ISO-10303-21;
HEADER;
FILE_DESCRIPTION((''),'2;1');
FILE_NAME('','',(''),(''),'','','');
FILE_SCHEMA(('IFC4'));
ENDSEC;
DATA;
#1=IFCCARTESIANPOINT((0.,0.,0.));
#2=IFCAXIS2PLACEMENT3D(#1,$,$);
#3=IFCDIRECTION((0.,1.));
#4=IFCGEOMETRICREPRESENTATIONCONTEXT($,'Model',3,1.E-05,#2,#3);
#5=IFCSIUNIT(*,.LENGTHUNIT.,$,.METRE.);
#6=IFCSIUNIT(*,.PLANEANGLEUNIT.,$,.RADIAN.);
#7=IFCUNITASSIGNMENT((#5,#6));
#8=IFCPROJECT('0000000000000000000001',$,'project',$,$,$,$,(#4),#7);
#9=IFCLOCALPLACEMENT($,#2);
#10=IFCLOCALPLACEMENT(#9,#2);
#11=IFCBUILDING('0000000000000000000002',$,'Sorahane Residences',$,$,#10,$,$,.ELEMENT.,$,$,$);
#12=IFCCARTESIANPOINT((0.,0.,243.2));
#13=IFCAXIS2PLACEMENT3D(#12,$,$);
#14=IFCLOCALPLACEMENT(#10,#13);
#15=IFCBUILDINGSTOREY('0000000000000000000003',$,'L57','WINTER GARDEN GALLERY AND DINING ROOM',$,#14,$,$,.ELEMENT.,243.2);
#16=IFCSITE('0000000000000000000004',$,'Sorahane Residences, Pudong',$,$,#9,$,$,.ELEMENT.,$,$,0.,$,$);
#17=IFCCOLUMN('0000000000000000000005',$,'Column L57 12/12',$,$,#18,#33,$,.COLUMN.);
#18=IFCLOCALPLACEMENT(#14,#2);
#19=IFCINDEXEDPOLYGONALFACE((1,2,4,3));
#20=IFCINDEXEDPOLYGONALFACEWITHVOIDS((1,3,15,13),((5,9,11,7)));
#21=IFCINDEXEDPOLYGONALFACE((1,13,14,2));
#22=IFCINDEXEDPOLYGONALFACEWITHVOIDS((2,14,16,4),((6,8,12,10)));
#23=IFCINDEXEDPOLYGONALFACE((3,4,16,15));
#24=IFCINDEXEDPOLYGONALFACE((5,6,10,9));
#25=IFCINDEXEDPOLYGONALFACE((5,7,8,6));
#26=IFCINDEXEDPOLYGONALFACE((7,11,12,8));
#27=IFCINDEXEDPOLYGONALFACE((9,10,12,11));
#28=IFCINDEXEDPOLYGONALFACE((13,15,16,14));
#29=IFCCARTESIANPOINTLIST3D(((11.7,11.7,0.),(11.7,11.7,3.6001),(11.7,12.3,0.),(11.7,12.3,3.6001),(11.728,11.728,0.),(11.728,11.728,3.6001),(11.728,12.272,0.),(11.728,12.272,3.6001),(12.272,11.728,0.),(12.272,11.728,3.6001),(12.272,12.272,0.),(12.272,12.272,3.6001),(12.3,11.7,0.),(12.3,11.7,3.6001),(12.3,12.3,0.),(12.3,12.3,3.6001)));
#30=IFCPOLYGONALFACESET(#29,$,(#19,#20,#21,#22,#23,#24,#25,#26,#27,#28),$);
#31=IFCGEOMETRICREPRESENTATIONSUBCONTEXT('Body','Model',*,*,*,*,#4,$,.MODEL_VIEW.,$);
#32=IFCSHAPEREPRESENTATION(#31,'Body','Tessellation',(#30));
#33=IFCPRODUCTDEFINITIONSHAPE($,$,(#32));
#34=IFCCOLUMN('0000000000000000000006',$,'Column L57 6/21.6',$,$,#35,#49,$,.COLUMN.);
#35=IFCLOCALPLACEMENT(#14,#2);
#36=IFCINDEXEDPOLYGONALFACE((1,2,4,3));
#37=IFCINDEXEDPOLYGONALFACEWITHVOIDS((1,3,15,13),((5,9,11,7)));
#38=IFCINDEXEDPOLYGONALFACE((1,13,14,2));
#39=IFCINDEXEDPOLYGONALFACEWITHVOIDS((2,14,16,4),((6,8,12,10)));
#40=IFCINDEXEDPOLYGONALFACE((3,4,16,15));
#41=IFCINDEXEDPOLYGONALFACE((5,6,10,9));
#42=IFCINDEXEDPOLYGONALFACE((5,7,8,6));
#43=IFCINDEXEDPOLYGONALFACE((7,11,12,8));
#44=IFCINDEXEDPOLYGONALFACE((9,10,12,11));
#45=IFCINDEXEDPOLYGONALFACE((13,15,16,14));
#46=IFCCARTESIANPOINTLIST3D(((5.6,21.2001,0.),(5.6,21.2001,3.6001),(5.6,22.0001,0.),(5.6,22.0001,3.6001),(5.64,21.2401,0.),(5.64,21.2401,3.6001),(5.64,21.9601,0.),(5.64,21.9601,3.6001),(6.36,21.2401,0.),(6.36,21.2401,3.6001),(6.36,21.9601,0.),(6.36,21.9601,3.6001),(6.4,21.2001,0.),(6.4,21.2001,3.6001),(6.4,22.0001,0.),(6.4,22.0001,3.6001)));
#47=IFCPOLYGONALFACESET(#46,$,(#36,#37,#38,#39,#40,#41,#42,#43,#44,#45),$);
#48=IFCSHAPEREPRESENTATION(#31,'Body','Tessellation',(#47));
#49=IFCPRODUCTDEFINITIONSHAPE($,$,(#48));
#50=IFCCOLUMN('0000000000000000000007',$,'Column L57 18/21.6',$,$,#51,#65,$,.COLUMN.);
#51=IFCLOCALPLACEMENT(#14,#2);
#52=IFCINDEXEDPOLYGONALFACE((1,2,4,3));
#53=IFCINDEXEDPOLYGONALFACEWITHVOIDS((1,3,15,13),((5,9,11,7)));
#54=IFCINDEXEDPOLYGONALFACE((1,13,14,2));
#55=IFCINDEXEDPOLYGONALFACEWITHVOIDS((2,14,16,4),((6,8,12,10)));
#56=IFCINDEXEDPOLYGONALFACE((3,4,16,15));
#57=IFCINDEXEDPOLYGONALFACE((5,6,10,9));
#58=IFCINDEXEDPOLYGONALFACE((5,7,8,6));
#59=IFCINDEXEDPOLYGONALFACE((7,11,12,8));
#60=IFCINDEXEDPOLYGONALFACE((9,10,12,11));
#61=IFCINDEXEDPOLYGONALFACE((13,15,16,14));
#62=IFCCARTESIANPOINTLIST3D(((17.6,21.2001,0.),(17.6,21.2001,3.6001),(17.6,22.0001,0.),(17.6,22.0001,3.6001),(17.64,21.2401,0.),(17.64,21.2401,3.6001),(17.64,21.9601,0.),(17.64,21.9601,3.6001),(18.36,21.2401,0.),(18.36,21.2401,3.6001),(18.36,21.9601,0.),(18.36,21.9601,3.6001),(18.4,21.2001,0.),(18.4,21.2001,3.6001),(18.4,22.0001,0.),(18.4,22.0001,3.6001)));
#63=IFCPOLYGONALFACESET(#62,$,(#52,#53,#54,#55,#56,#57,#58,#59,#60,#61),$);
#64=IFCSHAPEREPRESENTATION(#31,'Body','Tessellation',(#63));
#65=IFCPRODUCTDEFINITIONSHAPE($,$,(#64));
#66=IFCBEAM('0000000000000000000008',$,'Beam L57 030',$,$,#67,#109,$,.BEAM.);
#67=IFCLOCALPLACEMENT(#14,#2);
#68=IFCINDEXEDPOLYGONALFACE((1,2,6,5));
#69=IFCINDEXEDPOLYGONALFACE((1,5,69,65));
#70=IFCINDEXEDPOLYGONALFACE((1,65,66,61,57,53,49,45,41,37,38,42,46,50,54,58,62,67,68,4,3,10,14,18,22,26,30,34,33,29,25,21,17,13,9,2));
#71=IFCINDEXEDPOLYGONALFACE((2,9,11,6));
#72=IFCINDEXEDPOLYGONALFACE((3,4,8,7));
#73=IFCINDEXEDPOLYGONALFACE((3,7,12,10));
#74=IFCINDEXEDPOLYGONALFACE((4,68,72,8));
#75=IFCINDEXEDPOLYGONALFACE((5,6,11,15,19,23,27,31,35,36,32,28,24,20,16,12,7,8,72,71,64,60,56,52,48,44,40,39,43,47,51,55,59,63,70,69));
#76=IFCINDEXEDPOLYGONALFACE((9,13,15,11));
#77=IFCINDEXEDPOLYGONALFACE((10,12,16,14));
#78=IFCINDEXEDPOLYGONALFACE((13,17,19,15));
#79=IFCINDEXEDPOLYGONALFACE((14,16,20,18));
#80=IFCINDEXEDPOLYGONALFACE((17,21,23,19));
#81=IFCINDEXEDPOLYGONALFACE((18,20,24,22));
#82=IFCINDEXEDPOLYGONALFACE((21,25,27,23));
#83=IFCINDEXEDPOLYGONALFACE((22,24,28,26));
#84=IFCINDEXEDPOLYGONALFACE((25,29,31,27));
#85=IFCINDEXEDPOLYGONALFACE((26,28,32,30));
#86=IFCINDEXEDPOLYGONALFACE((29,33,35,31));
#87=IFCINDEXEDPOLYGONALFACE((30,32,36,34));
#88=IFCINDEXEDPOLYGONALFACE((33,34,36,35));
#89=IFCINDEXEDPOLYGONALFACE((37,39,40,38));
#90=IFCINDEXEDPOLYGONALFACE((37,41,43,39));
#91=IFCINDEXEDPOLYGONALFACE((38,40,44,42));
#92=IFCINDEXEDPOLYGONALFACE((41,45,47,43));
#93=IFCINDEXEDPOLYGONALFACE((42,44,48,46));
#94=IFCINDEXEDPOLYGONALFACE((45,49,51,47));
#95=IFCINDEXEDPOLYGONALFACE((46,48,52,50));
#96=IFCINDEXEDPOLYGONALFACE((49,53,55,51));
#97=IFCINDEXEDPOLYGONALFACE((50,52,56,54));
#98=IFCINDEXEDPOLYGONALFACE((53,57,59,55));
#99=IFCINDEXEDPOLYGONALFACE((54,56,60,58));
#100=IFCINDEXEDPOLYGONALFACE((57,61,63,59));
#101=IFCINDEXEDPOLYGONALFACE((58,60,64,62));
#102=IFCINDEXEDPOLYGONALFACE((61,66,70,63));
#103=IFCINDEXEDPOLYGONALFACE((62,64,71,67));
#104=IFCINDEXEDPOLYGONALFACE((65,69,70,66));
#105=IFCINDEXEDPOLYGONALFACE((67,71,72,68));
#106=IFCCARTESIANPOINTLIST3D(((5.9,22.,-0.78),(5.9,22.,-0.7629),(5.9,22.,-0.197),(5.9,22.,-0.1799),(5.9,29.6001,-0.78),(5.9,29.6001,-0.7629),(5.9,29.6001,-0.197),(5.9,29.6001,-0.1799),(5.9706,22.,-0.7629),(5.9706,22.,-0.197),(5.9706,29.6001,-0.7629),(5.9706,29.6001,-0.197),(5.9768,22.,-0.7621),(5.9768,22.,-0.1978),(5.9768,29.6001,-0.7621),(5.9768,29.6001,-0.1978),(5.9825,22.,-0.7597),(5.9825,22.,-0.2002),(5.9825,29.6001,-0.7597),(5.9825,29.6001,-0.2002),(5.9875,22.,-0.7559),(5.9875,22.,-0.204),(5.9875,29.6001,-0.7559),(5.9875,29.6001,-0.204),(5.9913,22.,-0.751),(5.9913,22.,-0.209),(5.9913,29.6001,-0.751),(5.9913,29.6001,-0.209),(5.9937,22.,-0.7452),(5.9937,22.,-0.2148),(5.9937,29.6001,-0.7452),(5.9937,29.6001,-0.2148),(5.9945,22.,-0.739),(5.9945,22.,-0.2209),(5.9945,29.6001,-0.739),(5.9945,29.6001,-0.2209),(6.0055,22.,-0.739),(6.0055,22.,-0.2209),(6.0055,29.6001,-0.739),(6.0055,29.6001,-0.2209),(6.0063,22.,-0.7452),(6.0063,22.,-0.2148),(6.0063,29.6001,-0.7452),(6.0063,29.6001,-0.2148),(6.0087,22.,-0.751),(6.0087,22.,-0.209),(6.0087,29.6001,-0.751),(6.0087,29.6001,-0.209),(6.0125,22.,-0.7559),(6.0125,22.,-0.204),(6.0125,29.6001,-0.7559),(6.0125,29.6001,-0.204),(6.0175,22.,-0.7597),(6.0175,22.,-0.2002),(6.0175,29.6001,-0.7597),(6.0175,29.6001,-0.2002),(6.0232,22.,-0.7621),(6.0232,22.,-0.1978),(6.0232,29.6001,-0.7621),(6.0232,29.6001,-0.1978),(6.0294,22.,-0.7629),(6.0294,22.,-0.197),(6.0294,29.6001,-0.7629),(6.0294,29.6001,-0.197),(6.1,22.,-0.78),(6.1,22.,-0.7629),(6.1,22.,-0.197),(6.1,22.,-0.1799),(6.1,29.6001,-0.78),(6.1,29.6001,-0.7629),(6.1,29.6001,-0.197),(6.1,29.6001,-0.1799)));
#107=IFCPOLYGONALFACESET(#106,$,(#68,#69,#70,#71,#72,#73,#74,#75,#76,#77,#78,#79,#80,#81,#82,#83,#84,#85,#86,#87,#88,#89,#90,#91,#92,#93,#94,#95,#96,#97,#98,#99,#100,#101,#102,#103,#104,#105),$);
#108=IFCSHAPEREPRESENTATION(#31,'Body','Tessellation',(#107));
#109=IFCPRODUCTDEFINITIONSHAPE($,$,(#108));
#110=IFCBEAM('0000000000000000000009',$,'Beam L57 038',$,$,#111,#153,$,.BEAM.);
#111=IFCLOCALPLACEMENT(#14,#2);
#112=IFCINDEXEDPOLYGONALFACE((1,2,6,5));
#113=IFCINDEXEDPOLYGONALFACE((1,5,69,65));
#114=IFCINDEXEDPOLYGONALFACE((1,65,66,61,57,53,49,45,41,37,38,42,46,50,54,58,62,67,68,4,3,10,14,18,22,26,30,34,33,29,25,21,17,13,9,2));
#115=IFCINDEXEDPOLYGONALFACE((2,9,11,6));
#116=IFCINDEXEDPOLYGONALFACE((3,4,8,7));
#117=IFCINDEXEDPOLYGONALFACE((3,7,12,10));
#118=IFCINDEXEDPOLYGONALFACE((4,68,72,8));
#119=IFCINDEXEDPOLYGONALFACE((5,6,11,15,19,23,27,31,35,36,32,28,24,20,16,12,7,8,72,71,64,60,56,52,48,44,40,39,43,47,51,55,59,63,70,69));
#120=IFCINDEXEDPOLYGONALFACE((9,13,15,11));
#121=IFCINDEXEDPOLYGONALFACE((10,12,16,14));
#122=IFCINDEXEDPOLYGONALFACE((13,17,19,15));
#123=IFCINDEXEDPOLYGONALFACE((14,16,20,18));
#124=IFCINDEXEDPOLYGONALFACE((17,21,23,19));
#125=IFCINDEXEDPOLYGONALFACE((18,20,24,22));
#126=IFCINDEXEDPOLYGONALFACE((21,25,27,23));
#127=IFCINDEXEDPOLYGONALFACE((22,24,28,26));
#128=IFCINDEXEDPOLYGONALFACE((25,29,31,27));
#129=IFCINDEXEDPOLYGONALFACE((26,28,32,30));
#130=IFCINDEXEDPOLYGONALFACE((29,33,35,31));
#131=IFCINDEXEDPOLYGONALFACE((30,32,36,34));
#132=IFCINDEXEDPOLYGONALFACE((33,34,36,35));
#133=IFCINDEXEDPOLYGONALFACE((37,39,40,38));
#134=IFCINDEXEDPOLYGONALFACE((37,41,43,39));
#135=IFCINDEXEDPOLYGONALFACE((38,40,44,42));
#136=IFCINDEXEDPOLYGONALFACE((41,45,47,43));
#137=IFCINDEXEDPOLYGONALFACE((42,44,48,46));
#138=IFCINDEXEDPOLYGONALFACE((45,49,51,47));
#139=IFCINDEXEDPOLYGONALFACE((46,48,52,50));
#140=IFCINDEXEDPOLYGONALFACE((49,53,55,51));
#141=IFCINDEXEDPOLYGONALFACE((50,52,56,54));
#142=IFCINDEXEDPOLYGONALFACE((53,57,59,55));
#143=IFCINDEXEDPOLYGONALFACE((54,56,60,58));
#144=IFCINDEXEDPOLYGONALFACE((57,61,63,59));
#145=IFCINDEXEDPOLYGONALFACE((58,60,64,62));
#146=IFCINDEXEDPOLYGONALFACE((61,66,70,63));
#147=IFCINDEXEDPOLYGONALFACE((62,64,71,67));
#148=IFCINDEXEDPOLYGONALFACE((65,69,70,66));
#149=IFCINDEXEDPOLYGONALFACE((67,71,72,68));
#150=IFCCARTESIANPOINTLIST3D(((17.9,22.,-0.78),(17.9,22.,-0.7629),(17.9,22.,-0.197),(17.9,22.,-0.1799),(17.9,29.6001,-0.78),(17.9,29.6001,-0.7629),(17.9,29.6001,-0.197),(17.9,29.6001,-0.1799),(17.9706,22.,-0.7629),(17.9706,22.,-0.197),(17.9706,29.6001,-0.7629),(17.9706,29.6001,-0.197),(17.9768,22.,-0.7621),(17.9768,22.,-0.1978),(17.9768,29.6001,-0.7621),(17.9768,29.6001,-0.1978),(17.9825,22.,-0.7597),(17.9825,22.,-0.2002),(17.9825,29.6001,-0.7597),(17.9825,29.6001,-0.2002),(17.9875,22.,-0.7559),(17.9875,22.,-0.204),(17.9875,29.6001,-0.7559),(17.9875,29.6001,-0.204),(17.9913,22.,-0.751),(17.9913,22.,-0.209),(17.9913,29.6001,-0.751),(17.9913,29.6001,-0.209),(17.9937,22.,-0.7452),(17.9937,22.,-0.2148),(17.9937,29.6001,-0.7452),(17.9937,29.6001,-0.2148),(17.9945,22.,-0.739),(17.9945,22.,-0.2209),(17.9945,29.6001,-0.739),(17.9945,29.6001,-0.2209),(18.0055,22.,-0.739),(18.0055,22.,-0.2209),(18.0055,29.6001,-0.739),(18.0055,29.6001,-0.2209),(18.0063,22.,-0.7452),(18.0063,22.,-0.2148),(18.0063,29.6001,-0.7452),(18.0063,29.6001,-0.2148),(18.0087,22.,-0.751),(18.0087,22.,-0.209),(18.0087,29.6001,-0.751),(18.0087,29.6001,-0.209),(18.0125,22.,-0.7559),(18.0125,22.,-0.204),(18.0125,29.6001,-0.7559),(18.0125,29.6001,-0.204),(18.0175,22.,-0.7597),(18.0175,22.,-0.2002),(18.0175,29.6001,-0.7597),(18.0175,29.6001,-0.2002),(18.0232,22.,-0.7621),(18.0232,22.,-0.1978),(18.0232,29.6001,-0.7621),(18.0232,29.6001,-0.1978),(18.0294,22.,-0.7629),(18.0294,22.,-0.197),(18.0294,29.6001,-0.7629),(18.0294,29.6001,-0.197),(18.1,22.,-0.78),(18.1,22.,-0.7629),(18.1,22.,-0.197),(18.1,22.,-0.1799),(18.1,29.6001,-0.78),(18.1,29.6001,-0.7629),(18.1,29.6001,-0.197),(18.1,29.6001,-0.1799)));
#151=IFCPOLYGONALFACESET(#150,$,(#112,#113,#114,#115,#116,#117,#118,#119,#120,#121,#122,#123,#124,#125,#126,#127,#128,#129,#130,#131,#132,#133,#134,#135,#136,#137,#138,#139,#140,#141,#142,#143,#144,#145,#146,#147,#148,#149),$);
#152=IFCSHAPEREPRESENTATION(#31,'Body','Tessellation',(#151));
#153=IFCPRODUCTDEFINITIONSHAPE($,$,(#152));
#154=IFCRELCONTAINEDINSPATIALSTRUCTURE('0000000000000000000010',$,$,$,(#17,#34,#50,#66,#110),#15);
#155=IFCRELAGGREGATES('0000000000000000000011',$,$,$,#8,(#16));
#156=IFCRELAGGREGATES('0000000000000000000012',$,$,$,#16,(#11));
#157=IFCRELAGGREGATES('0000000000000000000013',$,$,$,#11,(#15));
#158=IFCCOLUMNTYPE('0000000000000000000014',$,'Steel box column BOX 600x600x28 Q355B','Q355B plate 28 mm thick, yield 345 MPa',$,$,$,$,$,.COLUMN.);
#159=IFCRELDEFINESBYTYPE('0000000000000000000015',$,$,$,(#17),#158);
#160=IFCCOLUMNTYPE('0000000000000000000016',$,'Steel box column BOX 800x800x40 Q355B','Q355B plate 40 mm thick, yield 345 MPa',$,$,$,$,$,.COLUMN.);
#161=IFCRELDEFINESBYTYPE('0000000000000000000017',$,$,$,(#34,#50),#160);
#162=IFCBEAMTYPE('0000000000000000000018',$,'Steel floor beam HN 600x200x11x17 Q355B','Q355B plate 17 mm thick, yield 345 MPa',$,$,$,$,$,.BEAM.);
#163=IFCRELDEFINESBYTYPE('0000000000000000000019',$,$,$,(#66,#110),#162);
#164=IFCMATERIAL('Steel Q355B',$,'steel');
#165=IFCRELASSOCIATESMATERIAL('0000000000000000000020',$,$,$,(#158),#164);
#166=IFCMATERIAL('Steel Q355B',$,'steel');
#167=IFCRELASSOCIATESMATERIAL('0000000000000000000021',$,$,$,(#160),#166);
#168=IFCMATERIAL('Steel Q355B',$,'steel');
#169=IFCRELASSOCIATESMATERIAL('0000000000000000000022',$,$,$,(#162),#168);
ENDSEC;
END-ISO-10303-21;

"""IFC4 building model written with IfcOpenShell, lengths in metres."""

from ifc_helpers import new_model, si_unit, direction, frame, origin, origin_2d, place, context, subcontext, project, spatial, hollow_rectangle, i_section, extrude, material, material_profile, profile_set, type_object, element, save


model = new_model("IFC4")

# Units and contexts
model_context = context("Model", 3, precision=1e-05, world=origin(), true_north=direction((0.0, 1.0)))
body_context = subcontext(model_context, "Body", "Model", "MODEL_VIEW")
ifc_project = project(units=[si_unit("LENGTHUNIT", "METRE"), si_unit("PLANEANGLEUNIT", "RADIAN")], contexts=[model_context])

# Site, building, storey
site_placement = place(None, origin())
site = spatial("IfcSite", under=ifc_project, at=site_placement, Name="Sorahane Residences, Pudong", CompositionType="ELEMENT", RefElevation=0.0)
building_placement = place(site_placement, origin())
building = spatial("IfcBuilding", under=site, at=building_placement, Name="Sorahane Residences", CompositionType="ELEMENT")
storey_placement = place(building_placement, frame((0.0, 0.0, 243.2)))
storey = spatial("IfcBuildingStorey", under=building, at=storey_placement, Name="L57", Description="WINTER GARDEN GALLERY AND DINING ROOM", CompositionType="ELEMENT", Elevation=243.2)

# Columns
ifc_material_1 = material(Name="Steel Q355B", Category="steel")
ifc_material_profile_1 = material_profile(ifc_material_1, hollow_rectangle(XDim=0.6001, YDim=0.6001, WallThickness=0.0281, at=origin_2d()), Name="BOX 600x600x28")
ifc_profile_set_1 = profile_set([ifc_material_profile_1], Name="Steel Q355B")
column_type_1 = type_object("IfcColumnType", Name="Steel box column BOX 600x600x28 Q355B", Description="Q355B plate 28 mm thick, yield 345 MPa", PredefinedType="COLUMN", material=ifc_profile_set_1)
column_placement = place(storey_placement, frame((12.0, 12.0, 0.0), z_axis=(0.0, 0.0, 1.0), x_axis=(1.0, 0.0, 0.0)))
element("IfcColumn", 1, at=column_placement, inside=storey, type_object=column_type_1, Name="Column L57 12/12", PredefinedType="COLUMN", context=body_context, shape_type="SweptSolid", body=[
    extrude(hollow_rectangle(XDim=0.6001, YDim=0.6001, WallThickness=0.0281, at=origin_2d()), origin(), (0.0, 0.0, 1.0), 3.6001),
])
ifc_material_2 = material(Name="Steel Q355B", Category="steel")
ifc_material_profile_2 = material_profile(ifc_material_2, hollow_rectangle(XDim=0.8, YDim=0.8, WallThickness=0.04, at=origin_2d()), Name="BOX 800x800x40")
ifc_profile_set_2 = profile_set([ifc_material_profile_2], Name="Steel Q355B")
column_type_2 = type_object("IfcColumnType", Name="Steel box column BOX 800x800x40 Q355B", Description="Q355B plate 40 mm thick, yield 345 MPa", PredefinedType="COLUMN", material=ifc_profile_set_2)
for number, where, z_axis, x_axis, name in (
    (2, (6.0, 21.6001, 0.0), (0.0, 0.0, 1.0), (1.0, 0.0, 0.0), "Column L57 6/21.6"),
    (3, (18.0, 21.6001, 0.0), (0.0, 0.0, 1.0), (1.0, 0.0, 0.0), "Column L57 18/21.6"),
):
    element("IfcColumn", number, at=place(storey_placement, frame(where, z_axis=z_axis, x_axis=x_axis)), inside=storey, type_object=column_type_2, Name=name, PredefinedType="COLUMN", context=body_context, shape_type="SweptSolid", body=[
        extrude(hollow_rectangle(XDim=0.8, YDim=0.8, WallThickness=0.04, at=origin_2d()), origin(), (0.0, 0.0, 1.0), 3.6001),
    ])

# Beams
ifc_material_3 = material(Name="Steel Q355B", Category="steel")
ifc_material_profile_3 = material_profile(ifc_material_3, i_section(OverallWidth=0.2, OverallDepth=0.6001, WebThickness=0.011, FlangeThickness=0.0171, FilletRadius=0.0239, at=origin_2d()), Name="HN 600x200x11x17")
ifc_profile_set_3 = profile_set([ifc_material_profile_3], Name="Steel Q355B")
beam_type_1 = type_object("IfcBeamType", Name="Steel floor beam HN 600x200x11x17 Q355B", Description="Q355B plate 17 mm thick, yield 345 MPa", PredefinedType="BEAM", material=ifc_profile_set_3)
for number, where, z_axis, x_axis, name in (
    (4, (6.0, 22.0, -0.48), (0.0, 1.0, 0.0), (-1.0, 0.0, 0.0), "Beam L57 030"),
    (5, (18.0, 22.0, -0.48), (0.0, 1.0, 0.0), (-1.0, 0.0, 0.0), "Beam L57 038"),
):
    element("IfcBeam", number, at=place(storey_placement, frame(where, z_axis=z_axis, x_axis=x_axis)), inside=storey, type_object=beam_type_1, Name=name, PredefinedType="BEAM", context=body_context, shape_type="SweptSolid", body=[
        extrude(i_section(OverallWidth=0.2, OverallDepth=0.6001, WebThickness=0.011, FlangeThickness=0.0171, FilletRadius=0.0239, at=origin_2d()), origin(), (0.0, 0.0, 1.0), 7.6001),
    ])

save(model, "model.ifc")
